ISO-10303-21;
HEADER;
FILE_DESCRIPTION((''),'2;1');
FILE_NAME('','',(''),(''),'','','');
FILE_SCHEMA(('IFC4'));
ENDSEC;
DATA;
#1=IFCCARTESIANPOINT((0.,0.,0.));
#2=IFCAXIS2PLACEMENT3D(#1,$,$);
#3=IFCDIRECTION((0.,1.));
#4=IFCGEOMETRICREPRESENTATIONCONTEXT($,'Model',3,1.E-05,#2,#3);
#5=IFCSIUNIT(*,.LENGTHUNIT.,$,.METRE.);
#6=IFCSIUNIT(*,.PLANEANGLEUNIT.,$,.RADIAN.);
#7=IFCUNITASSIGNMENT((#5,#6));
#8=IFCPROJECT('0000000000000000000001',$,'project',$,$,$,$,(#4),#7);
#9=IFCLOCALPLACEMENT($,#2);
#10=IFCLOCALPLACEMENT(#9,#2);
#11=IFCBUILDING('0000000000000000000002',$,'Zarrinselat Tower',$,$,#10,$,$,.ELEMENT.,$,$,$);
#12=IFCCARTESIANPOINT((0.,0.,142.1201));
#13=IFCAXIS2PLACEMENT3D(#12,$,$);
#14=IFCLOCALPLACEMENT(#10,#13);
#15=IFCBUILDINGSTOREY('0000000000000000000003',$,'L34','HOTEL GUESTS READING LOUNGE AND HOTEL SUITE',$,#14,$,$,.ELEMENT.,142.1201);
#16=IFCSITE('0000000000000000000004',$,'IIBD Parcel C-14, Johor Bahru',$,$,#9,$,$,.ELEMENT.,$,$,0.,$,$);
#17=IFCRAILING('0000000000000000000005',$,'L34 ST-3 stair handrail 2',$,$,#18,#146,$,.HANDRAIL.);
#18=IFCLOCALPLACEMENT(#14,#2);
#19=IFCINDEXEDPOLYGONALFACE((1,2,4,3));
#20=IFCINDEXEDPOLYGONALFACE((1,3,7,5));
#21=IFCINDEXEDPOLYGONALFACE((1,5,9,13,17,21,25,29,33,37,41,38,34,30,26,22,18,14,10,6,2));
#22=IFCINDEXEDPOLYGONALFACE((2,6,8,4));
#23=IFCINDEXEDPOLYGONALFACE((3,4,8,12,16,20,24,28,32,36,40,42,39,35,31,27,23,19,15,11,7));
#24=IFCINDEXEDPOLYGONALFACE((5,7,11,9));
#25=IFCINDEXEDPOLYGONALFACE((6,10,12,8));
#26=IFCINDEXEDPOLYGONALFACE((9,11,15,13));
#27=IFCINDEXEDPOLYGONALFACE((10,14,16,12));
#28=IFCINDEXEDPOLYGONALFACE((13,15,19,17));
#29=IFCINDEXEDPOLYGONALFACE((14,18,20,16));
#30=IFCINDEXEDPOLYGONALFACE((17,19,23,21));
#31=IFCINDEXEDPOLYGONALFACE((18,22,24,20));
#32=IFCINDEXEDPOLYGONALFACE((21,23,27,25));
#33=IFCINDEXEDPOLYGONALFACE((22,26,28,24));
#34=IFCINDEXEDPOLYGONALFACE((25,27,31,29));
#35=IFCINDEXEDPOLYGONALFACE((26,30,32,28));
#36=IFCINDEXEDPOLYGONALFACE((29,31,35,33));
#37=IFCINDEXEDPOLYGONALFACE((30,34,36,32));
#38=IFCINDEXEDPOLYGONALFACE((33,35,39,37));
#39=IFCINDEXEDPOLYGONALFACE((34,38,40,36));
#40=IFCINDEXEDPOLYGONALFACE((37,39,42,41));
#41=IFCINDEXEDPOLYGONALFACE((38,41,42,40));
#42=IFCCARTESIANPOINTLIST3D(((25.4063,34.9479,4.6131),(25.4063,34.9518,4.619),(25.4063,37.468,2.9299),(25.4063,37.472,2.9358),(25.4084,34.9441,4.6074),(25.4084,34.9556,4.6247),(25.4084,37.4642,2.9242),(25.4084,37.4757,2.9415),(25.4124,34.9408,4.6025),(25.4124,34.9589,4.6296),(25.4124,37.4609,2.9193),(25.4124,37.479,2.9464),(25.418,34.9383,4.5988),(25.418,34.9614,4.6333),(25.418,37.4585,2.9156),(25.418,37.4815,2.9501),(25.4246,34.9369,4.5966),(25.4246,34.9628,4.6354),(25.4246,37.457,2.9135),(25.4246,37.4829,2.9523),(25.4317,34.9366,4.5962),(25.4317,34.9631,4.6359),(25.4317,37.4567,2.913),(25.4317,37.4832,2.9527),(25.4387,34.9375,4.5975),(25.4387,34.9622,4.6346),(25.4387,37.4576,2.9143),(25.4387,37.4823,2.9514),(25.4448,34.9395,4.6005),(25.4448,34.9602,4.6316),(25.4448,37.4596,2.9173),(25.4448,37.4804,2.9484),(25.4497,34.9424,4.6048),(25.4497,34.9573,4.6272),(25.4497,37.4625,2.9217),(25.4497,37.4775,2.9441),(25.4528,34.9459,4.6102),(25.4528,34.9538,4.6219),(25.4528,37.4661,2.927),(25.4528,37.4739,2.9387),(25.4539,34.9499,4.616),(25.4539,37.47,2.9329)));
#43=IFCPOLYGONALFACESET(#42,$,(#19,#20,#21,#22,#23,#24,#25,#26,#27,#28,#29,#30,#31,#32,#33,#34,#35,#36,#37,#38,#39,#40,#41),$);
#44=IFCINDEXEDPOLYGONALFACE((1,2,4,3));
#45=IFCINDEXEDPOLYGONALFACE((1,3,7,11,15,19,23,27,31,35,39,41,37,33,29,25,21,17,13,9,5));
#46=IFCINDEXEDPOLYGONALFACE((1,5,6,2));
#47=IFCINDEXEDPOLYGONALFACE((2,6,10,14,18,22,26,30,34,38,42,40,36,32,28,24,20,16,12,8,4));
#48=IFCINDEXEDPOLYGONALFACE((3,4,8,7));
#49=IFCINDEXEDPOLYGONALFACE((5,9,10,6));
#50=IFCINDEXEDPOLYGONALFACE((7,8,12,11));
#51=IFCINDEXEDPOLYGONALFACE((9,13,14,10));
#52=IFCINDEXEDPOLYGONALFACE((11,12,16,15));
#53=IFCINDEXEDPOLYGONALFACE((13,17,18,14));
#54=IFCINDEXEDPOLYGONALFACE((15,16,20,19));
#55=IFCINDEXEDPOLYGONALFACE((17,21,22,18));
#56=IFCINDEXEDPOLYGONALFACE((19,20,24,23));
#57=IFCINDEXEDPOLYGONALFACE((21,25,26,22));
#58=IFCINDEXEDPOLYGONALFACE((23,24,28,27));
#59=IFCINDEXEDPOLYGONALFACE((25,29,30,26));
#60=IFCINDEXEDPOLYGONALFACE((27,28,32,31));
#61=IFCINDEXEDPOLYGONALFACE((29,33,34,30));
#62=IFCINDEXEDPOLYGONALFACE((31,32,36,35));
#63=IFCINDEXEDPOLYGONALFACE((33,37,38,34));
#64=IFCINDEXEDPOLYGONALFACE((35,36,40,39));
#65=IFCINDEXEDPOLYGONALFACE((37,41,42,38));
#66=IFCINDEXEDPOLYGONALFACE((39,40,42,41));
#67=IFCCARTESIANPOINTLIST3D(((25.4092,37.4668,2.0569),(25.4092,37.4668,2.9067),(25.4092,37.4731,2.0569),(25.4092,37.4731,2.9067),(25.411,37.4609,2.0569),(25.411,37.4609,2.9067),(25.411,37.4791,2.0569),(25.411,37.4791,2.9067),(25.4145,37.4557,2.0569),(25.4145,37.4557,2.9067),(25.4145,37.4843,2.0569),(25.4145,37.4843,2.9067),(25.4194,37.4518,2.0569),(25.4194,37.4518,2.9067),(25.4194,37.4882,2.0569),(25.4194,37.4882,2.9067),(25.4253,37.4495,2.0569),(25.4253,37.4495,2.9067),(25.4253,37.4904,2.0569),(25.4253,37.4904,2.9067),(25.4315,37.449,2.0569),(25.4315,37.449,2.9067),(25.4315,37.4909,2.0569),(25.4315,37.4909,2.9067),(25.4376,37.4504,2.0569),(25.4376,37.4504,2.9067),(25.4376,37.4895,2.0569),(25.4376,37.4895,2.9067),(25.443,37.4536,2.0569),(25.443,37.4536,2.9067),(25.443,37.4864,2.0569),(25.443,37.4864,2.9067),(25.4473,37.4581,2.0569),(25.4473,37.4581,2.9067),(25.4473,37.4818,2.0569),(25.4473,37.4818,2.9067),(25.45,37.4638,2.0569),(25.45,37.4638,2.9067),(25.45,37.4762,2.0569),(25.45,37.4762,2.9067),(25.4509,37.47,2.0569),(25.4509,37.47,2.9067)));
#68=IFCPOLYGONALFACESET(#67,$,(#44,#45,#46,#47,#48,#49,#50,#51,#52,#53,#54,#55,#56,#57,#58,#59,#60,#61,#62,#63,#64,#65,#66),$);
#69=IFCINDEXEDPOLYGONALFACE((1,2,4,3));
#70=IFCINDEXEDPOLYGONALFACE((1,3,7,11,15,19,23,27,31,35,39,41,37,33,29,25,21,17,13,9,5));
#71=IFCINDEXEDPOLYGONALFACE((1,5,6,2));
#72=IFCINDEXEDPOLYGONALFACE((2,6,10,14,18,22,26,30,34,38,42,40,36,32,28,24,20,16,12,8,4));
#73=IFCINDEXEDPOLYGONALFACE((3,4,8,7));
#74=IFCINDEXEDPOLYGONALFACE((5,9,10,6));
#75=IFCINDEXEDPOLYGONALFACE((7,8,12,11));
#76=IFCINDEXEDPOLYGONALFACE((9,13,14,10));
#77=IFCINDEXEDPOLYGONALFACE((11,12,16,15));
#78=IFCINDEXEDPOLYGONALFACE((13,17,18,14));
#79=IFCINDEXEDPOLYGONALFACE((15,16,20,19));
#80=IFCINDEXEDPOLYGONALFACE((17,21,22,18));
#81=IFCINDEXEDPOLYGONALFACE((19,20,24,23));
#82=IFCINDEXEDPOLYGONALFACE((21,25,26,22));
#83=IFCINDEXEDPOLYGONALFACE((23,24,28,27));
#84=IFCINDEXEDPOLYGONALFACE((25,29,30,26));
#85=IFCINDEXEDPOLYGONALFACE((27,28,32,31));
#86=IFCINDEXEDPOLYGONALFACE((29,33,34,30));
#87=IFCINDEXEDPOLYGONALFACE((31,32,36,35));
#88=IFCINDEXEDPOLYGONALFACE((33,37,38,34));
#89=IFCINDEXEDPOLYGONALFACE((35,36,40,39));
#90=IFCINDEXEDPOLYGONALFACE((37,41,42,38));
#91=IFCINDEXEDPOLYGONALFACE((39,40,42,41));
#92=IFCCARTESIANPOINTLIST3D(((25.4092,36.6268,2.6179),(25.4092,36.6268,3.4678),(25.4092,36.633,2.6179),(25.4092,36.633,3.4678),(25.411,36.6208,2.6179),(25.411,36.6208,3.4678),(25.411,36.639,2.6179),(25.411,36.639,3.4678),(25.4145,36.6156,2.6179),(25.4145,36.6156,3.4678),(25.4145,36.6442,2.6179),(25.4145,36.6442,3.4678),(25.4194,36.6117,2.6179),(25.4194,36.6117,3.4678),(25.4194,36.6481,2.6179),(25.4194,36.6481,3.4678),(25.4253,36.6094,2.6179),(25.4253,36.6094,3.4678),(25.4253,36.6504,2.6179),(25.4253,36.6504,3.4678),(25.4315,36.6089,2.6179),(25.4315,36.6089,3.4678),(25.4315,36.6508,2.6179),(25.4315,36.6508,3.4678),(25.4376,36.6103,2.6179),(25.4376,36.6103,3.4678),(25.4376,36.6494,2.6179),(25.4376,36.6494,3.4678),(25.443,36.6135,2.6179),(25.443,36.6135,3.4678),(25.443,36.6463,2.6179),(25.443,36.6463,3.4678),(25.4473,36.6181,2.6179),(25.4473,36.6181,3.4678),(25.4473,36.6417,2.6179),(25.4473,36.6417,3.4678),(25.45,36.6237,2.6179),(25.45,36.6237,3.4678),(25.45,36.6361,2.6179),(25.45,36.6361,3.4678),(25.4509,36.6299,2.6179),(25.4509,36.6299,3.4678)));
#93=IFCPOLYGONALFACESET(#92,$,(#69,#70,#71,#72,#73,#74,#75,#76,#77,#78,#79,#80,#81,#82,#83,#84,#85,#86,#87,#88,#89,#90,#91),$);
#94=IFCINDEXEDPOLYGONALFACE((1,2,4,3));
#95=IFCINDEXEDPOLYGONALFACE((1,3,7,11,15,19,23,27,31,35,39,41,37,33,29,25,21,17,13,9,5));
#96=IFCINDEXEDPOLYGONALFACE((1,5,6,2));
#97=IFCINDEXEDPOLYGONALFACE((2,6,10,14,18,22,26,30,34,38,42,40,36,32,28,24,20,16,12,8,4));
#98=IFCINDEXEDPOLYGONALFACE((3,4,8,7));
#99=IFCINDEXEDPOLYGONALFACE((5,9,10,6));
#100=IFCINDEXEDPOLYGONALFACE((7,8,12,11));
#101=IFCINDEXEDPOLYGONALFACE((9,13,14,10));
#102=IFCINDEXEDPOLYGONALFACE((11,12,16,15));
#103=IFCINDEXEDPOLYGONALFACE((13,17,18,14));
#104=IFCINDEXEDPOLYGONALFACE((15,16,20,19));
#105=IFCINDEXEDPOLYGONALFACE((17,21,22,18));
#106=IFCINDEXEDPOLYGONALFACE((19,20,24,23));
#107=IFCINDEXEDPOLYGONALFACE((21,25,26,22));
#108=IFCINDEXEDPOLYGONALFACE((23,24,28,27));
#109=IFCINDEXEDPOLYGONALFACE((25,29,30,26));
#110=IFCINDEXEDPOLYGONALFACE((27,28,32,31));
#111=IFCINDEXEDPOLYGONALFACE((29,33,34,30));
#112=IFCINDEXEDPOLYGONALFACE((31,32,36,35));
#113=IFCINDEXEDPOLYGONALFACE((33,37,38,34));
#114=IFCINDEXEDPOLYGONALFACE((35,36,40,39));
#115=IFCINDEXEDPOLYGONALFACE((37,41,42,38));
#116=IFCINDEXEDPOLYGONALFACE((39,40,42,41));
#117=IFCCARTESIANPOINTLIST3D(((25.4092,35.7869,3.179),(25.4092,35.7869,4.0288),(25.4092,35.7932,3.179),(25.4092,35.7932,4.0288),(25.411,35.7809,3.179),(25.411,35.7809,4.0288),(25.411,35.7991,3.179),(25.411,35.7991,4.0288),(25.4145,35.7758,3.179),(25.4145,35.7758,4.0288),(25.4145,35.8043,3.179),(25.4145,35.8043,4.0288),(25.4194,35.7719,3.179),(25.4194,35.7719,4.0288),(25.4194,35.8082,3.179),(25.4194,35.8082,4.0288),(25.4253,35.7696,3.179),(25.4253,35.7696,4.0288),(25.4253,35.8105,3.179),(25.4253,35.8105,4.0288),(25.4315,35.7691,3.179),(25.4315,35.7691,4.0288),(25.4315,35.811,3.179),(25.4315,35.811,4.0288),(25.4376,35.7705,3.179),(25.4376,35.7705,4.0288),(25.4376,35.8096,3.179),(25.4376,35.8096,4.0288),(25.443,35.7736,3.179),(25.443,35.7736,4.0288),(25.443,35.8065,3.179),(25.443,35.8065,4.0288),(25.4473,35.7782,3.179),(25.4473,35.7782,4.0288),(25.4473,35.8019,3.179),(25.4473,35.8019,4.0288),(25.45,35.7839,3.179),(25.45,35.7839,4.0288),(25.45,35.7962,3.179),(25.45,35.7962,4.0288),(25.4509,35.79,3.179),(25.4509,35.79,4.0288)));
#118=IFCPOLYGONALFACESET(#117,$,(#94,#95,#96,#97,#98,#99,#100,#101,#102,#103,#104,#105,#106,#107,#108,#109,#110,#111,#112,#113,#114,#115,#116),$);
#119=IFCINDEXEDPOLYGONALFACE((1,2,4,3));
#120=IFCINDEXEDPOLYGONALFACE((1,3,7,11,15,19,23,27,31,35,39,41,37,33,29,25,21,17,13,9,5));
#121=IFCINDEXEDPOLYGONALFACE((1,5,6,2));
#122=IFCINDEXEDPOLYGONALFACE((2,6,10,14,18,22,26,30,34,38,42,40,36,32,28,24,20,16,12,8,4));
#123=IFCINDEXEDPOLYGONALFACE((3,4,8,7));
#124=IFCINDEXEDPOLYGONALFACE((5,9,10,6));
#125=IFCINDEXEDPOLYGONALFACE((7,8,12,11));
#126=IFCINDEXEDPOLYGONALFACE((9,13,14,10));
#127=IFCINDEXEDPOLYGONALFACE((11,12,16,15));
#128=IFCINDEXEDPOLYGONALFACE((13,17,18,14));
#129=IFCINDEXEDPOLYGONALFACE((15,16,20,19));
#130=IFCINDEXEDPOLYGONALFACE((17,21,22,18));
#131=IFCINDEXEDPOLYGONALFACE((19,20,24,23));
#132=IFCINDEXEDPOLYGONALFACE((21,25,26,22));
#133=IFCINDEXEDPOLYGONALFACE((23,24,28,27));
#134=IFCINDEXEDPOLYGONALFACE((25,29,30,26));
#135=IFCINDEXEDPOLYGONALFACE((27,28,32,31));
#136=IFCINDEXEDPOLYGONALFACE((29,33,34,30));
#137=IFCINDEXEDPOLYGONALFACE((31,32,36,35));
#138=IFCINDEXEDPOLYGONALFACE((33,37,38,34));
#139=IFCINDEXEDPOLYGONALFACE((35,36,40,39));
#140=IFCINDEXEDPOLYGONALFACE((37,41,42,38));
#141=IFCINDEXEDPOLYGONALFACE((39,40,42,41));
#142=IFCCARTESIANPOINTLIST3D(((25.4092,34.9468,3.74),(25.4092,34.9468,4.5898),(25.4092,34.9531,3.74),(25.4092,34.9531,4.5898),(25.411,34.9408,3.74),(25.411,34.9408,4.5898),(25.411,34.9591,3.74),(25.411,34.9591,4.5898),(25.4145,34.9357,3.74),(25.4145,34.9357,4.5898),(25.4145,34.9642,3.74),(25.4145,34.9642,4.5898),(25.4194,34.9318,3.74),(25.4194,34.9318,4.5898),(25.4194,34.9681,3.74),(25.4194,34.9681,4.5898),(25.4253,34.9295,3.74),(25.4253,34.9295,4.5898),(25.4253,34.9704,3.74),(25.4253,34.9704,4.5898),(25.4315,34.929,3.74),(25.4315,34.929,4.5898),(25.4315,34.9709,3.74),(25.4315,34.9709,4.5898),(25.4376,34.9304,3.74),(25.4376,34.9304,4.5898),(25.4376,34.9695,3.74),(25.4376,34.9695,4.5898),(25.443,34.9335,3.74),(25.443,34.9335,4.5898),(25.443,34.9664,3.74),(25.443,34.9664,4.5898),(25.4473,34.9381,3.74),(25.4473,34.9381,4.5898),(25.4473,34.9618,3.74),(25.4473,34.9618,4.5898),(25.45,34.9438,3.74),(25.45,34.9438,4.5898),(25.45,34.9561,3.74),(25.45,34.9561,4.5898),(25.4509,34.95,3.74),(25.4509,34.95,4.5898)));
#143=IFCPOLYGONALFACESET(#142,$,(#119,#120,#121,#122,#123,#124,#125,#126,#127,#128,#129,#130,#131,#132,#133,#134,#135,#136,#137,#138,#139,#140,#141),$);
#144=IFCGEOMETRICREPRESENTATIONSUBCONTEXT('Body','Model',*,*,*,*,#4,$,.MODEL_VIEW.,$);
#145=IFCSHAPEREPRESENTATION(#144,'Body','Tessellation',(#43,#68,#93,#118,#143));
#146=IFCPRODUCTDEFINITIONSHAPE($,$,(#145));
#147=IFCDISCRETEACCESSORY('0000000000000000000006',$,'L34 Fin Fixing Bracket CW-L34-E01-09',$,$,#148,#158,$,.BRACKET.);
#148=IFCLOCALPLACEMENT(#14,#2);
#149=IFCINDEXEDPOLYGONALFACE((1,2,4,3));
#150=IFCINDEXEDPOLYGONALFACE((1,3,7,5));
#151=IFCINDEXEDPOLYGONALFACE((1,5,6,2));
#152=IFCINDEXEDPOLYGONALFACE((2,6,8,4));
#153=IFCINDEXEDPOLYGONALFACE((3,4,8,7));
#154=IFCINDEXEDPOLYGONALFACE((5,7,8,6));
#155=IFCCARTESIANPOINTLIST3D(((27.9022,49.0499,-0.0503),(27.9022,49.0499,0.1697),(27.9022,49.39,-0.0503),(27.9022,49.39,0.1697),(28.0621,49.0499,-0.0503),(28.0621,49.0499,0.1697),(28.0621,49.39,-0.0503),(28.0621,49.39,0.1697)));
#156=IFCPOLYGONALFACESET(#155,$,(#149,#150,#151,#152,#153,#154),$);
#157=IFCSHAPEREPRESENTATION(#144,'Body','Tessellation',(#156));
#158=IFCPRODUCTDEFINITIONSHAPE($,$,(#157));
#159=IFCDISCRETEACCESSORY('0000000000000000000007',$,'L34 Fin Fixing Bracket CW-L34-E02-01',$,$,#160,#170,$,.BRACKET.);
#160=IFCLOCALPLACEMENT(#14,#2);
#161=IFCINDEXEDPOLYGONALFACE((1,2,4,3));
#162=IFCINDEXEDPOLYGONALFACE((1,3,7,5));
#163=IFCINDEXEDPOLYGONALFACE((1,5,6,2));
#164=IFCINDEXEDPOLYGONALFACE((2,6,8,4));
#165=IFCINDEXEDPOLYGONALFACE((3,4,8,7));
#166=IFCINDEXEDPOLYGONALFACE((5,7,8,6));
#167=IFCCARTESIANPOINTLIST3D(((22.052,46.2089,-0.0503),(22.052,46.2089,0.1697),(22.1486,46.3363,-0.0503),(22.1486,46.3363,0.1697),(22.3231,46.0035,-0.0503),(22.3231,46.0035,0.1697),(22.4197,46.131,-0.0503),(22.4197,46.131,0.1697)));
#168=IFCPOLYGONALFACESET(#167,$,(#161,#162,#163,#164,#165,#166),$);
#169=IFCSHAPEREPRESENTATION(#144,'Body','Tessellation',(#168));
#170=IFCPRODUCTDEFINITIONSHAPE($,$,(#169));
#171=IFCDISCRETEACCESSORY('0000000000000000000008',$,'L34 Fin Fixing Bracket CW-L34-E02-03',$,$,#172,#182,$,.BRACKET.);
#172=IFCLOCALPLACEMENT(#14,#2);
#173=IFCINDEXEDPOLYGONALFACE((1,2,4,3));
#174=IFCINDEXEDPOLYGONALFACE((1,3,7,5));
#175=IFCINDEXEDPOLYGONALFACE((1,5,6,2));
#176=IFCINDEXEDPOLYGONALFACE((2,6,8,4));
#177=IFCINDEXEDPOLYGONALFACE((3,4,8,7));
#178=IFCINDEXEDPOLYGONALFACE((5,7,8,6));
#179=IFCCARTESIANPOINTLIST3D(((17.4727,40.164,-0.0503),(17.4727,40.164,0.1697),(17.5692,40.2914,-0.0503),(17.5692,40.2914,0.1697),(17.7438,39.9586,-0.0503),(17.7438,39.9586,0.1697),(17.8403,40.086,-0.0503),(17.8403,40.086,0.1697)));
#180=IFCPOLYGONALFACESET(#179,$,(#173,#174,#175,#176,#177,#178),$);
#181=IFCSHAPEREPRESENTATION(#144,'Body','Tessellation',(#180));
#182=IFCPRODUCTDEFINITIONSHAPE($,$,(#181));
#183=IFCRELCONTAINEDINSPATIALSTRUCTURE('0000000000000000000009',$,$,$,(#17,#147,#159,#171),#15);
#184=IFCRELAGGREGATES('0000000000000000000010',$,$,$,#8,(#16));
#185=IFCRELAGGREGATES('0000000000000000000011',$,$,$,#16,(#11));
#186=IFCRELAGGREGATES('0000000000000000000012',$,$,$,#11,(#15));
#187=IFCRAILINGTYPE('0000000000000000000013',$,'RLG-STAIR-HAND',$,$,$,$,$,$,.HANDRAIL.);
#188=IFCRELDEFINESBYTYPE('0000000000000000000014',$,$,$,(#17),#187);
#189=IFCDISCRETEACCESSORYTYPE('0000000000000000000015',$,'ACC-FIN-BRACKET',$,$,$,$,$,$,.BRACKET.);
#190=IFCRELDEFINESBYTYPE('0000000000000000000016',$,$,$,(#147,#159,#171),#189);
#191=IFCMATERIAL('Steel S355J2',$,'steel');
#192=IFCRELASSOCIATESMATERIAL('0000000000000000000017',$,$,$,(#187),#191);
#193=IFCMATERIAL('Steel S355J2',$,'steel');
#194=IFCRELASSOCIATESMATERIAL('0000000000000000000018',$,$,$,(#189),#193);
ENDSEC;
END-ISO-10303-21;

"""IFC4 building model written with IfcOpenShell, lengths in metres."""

from ifc_helpers import new_model, si_unit, direction, frame, origin, origin_2d, place, context, subcontext, project, spatial, rectangle, circle, extrude, material, type_object, element, save


model = new_model("IFC4")

# Units and contexts
model_context = context("Model", 3, precision=1e-05, world=origin(), true_north=direction((0.0, 1.0)))
body_context = subcontext(model_context, "Body", "Model", "MODEL_VIEW")
ifc_project = project(units=[si_unit("LENGTHUNIT", "METRE"), si_unit("PLANEANGLEUNIT", "RADIAN")], contexts=[model_context])

# Site, building, storey
site_placement = place(None, origin())
site = spatial("IfcSite", under=ifc_project, at=site_placement, Name="IIBD Parcel C-14, Johor Bahru", CompositionType="ELEMENT", RefElevation=0.0)
building_placement = place(site_placement, origin())
building = spatial("IfcBuilding", under=site, at=building_placement, Name="Zarrinselat Tower", CompositionType="ELEMENT")
storey_placement = place(building_placement, frame((0.0, 0.0, 142.1201)))
storey = spatial("IfcBuildingStorey", under=building, at=storey_placement, Name="L34", Description="HOTEL GUESTS READING LOUNGE AND HOTEL SUITE", CompositionType="ELEMENT", Elevation=142.1201)

# Railing
ifc_material_1 = material(Name="Steel S355J2", Category="steel")
railing_type_1 = type_object("IfcRailingType", Name="RLG-STAIR-HAND", PredefinedType="HANDRAIL", material=ifc_material_1)
railing_1_placement = place(storey_placement, frame((25.4299, 37.47, 2.0569)))
element("IfcRailing", 1, at=railing_1_placement, inside=storey, type_object=railing_type_1, Name="L34 ST-3 stair handrail 2", PredefinedType="HANDRAIL", context=body_context, shape_type="SweptSolid", body=[
    extrude(circle(Radius=0.0239, at=origin_2d()), frame((0.0, 0.0, 0.876), z_axis=(0.0, -0.831579, 0.555406), x_axis=(1.0, 0.0, 0.0)), (0.0, 0.0, 1.0), 3.0305),
    extrude(circle(Radius=0.021, at=origin_2d()), origin(), (0.0, 0.0, 1.0), 0.8499),
    extrude(circle(Radius=0.021, at=origin_2d()), frame((0.0, -0.8401, 0.561)), (0.0, 0.0, 1.0), 0.8499),
    extrude(circle(Radius=0.021, at=origin_2d()), frame((0.0, -1.6799, 1.1221)), (0.0, 0.0, 1.0), 0.8499),
    extrude(circle(Radius=0.021, at=origin_2d()), frame((0.0, -2.52, 1.6831)), (0.0, 0.0, 1.0), 0.8499),
])

# Discrete accessories
ifc_material_2 = material(Name="Steel S355J2", Category="steel")
discrete_accessory_type = type_object("IfcDiscreteAccessoryType", Name="ACC-FIN-BRACKET", PredefinedType="BRACKET", material=ifc_material_2)
for number, where, z_axis, x_axis, name in (
    (2, (27.9822, 49.22, -0.0503), (0.0, 0.0, 1.0), (0.0, 1.0, 0.0), "L34 Fin Fixing Bracket CW-L34-E01-09"),
    (3, (22.2358, 46.1699, -0.0503), (0.0, 0.0, 1.0), (-0.797091, 0.603859, 0.0), "L34 Fin Fixing Bracket CW-L34-E02-01"),
    (4, (17.6565, 40.125, -0.0503), (0.0, 0.0, 1.0), (-0.797091, 0.603859, 0.0), "L34 Fin Fixing Bracket CW-L34-E02-03"),
):
    element("IfcDiscreteAccessory", number, at=place(storey_placement, frame(where, z_axis=z_axis, x_axis=x_axis)), inside=storey, type_object=discrete_accessory_type, Name=name, PredefinedType="BRACKET", context=body_context, shape_type="SweptSolid", body=[
        extrude(rectangle(XDim=0.3401, YDim=0.1599, at=origin_2d()), origin(), (0.0, 0.0, 1.0), 0.22),
    ])

save(model, "model.ifc")
